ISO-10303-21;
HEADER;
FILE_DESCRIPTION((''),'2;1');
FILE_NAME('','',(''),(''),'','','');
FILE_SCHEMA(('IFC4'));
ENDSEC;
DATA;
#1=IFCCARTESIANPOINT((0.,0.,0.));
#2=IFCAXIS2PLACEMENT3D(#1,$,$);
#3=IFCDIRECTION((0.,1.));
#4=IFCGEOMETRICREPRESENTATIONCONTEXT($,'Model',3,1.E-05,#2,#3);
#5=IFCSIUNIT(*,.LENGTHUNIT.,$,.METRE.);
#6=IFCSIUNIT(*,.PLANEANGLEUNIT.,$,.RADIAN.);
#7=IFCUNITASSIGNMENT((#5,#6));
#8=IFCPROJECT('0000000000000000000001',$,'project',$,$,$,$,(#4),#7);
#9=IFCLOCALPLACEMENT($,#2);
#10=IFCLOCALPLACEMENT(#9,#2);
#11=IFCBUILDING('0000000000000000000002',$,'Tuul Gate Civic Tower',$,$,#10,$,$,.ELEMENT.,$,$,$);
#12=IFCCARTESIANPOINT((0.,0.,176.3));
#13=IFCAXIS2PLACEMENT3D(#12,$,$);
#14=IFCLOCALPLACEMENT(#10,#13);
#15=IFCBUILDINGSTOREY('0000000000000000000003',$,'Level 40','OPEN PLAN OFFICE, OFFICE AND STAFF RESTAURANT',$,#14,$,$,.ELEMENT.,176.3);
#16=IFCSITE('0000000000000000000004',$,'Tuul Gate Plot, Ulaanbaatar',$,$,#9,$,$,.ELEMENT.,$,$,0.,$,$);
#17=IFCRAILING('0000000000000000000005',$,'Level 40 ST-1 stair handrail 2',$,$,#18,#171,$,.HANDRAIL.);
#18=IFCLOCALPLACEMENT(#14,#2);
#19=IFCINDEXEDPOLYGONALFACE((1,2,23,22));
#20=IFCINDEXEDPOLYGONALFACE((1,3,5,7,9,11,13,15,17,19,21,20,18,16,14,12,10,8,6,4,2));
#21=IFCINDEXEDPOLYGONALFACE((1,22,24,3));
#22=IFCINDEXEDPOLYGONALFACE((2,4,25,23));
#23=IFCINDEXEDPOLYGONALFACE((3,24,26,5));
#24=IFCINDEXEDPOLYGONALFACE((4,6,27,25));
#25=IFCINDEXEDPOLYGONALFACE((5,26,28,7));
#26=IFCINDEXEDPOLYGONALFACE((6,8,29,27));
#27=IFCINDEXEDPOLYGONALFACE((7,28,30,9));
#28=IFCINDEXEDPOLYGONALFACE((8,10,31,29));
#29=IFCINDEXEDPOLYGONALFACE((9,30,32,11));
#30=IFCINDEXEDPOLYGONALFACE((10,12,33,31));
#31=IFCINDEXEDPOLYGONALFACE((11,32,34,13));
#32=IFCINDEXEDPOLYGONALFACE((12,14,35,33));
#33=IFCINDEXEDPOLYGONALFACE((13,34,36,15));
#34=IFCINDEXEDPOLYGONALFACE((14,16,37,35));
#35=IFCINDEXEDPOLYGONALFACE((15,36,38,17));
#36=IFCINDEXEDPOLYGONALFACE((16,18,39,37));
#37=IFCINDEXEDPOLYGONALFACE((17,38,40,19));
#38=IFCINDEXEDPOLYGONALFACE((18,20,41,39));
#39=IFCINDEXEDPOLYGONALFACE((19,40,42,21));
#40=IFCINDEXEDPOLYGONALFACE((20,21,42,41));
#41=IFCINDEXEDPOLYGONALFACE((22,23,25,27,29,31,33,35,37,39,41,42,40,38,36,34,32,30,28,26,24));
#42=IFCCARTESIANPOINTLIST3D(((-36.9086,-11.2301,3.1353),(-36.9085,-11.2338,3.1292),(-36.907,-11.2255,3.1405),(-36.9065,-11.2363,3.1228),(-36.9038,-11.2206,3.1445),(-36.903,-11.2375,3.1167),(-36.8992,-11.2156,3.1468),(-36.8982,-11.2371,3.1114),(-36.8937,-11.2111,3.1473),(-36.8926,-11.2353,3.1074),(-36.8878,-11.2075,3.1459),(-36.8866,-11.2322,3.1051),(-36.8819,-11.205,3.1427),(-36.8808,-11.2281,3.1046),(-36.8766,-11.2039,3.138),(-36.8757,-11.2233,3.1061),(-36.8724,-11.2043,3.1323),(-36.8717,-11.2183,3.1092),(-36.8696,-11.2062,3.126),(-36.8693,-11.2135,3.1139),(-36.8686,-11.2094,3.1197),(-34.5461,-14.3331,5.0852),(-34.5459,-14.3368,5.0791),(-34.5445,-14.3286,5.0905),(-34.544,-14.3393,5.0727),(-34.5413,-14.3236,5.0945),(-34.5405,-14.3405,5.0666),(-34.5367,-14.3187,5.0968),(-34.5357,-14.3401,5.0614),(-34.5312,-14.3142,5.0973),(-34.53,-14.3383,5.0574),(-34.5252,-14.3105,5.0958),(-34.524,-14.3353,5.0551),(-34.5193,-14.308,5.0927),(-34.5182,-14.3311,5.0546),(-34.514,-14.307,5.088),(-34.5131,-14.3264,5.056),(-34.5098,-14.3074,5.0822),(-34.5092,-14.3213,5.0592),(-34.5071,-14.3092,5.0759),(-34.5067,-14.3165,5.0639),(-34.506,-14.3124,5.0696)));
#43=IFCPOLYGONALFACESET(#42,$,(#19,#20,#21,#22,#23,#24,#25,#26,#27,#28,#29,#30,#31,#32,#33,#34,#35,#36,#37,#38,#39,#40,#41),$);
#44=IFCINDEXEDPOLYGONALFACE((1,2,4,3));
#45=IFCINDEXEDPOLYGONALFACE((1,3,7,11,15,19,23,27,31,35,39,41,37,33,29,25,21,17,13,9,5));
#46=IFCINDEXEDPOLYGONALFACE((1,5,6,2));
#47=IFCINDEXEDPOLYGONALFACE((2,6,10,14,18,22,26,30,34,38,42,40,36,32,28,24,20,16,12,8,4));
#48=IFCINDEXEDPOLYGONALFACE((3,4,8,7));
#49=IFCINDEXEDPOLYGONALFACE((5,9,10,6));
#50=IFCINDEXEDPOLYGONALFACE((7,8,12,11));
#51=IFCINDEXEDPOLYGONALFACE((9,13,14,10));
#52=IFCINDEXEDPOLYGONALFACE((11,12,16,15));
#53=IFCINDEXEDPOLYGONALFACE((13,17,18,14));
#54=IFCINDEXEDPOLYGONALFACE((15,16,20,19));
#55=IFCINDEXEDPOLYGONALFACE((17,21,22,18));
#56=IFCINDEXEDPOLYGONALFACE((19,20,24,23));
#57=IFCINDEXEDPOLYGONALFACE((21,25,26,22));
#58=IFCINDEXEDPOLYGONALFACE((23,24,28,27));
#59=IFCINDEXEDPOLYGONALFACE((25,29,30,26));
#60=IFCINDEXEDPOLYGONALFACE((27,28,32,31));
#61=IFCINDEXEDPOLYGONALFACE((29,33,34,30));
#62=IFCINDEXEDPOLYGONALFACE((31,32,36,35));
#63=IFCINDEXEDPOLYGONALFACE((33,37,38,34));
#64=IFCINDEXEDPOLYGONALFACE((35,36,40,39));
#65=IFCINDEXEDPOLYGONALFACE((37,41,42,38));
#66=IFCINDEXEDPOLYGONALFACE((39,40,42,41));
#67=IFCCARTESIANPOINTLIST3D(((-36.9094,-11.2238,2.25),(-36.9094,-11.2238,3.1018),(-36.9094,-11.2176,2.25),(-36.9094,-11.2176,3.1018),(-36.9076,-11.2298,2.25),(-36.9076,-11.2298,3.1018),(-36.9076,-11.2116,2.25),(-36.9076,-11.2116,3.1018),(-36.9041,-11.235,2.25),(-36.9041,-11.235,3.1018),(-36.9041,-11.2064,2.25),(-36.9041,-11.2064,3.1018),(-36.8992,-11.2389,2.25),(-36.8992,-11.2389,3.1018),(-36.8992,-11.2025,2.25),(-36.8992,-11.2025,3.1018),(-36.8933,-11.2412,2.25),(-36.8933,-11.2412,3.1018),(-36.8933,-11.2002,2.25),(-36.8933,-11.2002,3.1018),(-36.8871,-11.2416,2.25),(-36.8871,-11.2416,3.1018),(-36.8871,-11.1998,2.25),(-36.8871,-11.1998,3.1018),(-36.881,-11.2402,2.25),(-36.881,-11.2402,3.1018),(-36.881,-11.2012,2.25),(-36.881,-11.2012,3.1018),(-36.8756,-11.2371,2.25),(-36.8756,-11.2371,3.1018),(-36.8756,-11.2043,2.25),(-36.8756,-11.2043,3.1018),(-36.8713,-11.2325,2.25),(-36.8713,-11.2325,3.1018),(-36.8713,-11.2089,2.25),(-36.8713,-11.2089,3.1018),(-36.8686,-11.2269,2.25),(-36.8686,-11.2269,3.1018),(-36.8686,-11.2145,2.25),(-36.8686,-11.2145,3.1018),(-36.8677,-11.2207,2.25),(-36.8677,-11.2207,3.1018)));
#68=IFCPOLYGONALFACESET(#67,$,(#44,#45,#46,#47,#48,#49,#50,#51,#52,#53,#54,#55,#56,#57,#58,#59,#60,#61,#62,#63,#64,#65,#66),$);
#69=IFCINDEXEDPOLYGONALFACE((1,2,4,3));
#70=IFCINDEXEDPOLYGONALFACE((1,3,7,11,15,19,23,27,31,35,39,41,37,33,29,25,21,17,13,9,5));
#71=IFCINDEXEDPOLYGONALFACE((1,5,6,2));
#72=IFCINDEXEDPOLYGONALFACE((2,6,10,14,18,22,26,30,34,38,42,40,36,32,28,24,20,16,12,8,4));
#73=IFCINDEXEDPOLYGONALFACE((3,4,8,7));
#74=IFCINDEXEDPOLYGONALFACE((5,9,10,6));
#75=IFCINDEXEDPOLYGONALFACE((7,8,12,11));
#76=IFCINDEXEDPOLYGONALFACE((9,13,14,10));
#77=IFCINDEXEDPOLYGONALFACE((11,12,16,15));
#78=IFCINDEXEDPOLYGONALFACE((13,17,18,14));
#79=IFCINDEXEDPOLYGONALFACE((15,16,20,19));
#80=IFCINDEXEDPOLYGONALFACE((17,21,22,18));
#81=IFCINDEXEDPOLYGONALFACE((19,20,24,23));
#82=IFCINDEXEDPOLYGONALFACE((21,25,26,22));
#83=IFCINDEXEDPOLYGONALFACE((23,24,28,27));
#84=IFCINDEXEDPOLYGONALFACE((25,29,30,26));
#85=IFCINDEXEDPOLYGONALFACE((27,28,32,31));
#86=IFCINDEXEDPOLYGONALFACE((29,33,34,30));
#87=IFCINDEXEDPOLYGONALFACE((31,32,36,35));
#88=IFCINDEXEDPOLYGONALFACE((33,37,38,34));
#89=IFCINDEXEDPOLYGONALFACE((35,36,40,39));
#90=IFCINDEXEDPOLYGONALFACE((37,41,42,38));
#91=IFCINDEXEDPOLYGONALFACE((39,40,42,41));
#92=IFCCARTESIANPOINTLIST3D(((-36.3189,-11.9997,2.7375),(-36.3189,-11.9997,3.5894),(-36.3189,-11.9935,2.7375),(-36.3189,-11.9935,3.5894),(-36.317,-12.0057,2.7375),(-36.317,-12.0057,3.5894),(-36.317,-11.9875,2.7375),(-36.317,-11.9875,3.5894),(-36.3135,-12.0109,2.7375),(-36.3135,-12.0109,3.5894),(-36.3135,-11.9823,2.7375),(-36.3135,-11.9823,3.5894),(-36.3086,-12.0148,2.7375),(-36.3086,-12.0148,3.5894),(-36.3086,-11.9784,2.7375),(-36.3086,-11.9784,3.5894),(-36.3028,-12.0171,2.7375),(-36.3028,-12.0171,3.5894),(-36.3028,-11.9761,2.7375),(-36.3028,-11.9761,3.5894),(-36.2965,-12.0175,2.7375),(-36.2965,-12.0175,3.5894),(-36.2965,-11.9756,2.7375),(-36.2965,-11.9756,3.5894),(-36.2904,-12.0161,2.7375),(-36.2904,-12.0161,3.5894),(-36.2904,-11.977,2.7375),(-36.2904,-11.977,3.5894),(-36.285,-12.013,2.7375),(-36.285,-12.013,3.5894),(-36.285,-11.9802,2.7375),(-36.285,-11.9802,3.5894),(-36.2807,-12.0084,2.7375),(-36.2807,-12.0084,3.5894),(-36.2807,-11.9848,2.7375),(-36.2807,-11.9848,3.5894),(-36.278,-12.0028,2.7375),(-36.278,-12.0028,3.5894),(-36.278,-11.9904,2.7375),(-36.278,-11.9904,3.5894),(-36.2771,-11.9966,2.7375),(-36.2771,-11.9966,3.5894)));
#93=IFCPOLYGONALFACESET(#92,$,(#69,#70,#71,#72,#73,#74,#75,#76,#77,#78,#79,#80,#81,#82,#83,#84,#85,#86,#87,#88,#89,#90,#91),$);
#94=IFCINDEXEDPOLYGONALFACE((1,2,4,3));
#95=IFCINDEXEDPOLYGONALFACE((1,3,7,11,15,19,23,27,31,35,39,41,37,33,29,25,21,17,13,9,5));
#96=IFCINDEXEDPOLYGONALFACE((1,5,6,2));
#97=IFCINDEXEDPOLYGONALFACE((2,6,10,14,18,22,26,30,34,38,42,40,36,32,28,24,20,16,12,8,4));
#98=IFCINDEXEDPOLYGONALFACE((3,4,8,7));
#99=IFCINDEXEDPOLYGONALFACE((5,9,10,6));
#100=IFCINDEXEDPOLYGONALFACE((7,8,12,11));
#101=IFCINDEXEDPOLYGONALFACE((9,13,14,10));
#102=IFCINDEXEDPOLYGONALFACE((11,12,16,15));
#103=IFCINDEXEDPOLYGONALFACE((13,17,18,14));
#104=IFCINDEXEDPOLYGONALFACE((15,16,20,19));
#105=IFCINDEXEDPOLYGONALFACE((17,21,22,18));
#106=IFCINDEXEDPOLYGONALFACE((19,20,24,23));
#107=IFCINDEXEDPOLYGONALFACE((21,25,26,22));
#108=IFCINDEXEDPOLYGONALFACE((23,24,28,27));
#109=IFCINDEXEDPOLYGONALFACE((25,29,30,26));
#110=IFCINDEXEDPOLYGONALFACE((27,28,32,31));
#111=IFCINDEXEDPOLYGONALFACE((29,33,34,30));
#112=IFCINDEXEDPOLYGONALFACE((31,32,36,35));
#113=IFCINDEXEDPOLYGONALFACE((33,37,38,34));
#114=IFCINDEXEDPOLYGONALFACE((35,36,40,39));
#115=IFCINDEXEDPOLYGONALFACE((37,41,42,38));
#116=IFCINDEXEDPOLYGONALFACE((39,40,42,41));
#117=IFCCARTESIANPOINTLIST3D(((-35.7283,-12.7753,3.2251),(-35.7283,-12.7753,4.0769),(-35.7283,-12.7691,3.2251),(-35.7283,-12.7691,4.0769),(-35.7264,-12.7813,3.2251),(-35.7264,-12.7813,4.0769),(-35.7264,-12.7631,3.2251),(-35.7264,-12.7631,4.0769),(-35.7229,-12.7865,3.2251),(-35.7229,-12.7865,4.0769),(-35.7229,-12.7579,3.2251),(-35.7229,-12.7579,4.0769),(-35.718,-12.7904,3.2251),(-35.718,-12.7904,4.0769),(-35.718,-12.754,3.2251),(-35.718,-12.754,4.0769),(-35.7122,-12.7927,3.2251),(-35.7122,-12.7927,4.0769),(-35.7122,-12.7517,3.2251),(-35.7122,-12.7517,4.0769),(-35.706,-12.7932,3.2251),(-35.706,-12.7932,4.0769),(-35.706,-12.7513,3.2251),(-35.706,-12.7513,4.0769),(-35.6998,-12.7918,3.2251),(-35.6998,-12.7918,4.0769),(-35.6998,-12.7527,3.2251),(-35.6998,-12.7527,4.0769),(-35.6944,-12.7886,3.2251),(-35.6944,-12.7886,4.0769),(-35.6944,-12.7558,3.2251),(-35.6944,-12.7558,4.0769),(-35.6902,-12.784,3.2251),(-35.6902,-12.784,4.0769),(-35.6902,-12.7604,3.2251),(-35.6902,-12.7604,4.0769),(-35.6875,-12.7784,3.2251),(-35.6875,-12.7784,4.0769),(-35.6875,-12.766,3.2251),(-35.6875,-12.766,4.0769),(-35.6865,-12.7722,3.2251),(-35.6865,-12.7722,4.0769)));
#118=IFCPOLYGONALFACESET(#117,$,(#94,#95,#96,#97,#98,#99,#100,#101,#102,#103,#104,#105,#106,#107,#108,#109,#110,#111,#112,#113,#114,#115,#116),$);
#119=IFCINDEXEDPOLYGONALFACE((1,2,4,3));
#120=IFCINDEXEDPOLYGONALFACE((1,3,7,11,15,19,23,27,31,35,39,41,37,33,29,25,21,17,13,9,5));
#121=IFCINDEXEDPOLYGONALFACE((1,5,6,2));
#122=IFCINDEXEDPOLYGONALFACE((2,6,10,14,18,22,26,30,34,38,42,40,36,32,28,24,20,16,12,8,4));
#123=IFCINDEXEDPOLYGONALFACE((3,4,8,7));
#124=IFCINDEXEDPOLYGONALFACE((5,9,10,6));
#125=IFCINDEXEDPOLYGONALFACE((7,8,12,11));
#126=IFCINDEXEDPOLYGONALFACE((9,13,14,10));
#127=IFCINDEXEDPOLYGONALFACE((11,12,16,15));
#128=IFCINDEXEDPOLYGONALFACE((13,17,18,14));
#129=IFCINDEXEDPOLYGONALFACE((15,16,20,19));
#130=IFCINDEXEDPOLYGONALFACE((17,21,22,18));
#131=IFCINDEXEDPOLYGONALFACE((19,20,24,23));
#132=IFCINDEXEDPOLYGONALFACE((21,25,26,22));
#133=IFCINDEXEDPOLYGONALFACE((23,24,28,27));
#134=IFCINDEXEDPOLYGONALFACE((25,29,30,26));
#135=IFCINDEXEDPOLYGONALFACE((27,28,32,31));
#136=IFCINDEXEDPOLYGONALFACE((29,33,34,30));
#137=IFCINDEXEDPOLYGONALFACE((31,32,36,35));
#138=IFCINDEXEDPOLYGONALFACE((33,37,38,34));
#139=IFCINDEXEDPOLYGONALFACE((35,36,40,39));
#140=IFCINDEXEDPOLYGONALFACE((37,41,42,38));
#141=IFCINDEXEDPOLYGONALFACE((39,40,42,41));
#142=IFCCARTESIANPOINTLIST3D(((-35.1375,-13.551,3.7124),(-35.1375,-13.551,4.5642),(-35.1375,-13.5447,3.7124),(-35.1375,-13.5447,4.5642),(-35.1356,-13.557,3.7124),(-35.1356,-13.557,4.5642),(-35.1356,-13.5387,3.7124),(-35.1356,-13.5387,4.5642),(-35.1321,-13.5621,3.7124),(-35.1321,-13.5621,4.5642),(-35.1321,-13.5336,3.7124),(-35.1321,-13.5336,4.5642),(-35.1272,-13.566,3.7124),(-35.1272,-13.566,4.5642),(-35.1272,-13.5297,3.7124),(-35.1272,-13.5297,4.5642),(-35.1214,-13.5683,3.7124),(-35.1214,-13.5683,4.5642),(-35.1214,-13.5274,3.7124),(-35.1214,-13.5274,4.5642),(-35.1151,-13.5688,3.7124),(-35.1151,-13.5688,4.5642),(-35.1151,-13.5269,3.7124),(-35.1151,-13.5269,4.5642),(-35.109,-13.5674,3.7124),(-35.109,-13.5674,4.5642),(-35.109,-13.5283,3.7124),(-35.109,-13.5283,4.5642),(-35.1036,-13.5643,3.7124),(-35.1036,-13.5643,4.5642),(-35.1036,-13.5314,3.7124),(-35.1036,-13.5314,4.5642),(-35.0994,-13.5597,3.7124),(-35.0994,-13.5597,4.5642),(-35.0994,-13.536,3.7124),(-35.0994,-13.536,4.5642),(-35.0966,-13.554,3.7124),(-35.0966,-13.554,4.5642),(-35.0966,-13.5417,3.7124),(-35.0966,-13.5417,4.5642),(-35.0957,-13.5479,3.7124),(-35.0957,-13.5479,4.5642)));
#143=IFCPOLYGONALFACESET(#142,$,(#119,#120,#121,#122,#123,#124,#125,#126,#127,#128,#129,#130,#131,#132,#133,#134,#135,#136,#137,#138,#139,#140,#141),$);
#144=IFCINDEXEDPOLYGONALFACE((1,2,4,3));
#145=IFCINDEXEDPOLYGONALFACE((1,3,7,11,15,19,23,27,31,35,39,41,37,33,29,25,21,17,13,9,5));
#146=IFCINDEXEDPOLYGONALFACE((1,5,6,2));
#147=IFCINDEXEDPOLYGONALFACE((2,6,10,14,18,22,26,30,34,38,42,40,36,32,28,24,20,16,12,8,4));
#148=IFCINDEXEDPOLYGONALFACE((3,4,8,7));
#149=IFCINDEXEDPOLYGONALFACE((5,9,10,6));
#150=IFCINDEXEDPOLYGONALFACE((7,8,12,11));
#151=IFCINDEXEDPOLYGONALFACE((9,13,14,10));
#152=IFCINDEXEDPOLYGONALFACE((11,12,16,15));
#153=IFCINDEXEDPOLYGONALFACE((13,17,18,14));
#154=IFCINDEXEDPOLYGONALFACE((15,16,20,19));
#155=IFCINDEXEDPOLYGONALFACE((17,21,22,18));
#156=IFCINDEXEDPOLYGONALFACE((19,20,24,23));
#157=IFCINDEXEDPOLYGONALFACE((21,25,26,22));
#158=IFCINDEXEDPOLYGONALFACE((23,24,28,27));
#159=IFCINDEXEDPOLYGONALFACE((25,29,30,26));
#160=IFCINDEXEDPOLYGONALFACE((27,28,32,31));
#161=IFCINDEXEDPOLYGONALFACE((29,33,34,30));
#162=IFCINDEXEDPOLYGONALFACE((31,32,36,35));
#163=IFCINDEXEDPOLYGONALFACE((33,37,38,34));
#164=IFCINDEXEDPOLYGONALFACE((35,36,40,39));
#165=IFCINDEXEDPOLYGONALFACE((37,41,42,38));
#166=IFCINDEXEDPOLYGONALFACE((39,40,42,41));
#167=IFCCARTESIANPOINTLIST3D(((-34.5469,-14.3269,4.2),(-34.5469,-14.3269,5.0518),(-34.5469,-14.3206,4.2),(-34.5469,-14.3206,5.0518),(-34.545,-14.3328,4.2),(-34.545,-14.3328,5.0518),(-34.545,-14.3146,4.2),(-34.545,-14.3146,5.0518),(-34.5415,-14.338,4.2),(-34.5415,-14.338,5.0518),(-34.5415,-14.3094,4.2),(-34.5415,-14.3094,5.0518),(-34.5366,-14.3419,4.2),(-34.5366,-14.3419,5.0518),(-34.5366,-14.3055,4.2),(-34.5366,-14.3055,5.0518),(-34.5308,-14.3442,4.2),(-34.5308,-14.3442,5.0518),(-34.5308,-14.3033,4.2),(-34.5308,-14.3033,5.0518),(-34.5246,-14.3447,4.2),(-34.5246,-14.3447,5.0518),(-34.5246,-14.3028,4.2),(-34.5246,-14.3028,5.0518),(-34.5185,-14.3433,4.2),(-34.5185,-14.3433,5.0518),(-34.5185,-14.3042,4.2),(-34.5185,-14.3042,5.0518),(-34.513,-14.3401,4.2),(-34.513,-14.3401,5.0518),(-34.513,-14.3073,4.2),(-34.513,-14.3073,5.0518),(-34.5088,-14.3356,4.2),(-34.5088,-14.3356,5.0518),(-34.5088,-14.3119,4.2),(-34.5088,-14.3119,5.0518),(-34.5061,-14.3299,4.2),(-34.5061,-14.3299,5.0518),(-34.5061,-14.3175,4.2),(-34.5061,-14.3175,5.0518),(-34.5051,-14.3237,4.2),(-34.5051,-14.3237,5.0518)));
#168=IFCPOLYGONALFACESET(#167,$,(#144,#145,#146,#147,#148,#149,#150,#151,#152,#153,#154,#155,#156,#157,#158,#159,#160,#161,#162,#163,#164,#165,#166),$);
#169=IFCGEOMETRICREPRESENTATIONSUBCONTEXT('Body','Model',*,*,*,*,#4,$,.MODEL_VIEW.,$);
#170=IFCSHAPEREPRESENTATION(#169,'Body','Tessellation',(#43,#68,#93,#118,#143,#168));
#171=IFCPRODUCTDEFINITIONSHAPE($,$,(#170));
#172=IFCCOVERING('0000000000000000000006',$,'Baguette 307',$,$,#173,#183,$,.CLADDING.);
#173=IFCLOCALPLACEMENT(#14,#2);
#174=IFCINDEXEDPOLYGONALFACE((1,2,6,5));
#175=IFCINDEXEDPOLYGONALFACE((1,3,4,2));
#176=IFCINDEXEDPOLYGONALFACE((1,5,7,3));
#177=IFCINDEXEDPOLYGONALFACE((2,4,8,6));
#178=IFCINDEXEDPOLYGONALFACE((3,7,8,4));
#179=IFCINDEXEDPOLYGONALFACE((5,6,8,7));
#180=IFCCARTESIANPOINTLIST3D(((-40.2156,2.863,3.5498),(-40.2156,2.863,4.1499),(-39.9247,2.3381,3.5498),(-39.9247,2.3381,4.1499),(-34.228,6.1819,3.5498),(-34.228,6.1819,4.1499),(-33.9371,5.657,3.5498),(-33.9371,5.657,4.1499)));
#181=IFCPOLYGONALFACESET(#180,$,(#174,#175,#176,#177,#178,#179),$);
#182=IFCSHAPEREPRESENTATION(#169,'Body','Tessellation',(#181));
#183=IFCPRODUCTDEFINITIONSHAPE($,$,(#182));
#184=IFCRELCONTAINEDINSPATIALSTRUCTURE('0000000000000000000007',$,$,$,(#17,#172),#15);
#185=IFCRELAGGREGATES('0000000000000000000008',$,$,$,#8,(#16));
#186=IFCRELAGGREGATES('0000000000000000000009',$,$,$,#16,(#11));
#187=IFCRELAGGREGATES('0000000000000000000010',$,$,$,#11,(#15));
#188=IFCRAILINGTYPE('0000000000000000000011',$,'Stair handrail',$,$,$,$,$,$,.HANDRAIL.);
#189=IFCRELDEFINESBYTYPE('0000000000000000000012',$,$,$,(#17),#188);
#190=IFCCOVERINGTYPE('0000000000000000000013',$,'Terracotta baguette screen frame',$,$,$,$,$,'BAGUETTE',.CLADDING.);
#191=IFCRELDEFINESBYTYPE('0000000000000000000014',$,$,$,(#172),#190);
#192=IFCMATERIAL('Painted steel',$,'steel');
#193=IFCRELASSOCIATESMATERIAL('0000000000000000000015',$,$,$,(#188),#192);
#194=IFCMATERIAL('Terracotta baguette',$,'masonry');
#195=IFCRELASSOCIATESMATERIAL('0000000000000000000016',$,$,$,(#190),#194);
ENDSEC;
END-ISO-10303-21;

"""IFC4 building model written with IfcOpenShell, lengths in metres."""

from ifc_helpers import new_model, si_unit, direction, frame, origin, origin_2d, place, context, subcontext, project, spatial, rectangle, circle, extrude, material, material_profile, profile_set, type_object, element, save


model = new_model("IFC4")

# Units and contexts
model_context = context("Model", 3, precision=1e-05, world=origin(), true_north=direction((0.0, 1.0)))
body_context = subcontext(model_context, "Body", "Model", "MODEL_VIEW")
ifc_project = project(units=[si_unit("LENGTHUNIT", "METRE"), si_unit("PLANEANGLEUNIT", "RADIAN")], contexts=[model_context])

# Site, building, storey
site_placement = place(None, origin())
site = spatial("IfcSite", under=ifc_project, at=site_placement, Name="Tuul Gate Plot, Ulaanbaatar", CompositionType="ELEMENT", RefElevation=0.0)
building_placement = place(site_placement, origin())
building = spatial("IfcBuilding", under=site, at=building_placement, Name="Tuul Gate Civic Tower", CompositionType="ELEMENT")
storey_placement = place(building_placement, frame((0.0, 0.0, 176.3)))
storey = spatial("IfcBuildingStorey", under=building, at=storey_placement, Name="Level 40", Description="OPEN PLAN OFFICE, OFFICE AND STAFF RESTAURANT", CompositionType="ELEMENT", Elevation=176.3)

# Railing
ifc_material_1 = material(Name="Painted steel", Category="steel")
railing_type_1 = type_object("IfcRailingType", Name="Stair handrail", PredefinedType="HANDRAIL", material=ifc_material_1)
railing_1_placement = place(storey_placement, frame((-36.8887, -11.2207, 2.25)))
element("IfcRailing", 1, at=railing_1_placement, inside=storey, type_object=railing_type_1, Name="Level 40 ST-1 stair handrail 2", PredefinedType="HANDRAIL", context=body_context, shape_type="SweptSolid", body=[
    extrude(circle(Radius=0.0239, at=origin_2d()), frame((0.0, 0.0, 0.876), z_axis=(0.541824, -0.711645, 0.4472), x_axis=(0.795637, 0.605773, 0.0)), (0.0, 0.0, 1.0), 4.3604),
    extrude(circle(Radius=0.021, at=origin_2d()), origin(), (0.0, 0.0, 1.0), 0.8518),
    extrude(circle(Radius=0.021, at=origin_2d()), frame((0.5906, -0.7759, 0.4875)), (0.0, 0.0, 1.0), 0.8518),
    extrude(circle(Radius=0.021, at=origin_2d()), frame((1.1812, -1.5515, 0.9751)), (0.0, 0.0, 1.0), 0.8518),
    extrude(circle(Radius=0.021, at=origin_2d()), frame((1.772, -2.3271, 1.4624)), (0.0, 0.0, 1.0), 0.8518),
    extrude(circle(Radius=0.021, at=origin_2d()), frame((2.3625, -3.103, 1.95)), (0.0, 0.0, 1.0), 0.8518),
])

# Covering
ifc_material_2 = material(Name="Terracotta baguette", Category="masonry")
ifc_material_profile_1 = material_profile(ifc_material_2, rectangle(XDim=0.6001, YDim=0.6001, at=origin_2d()), Name="Terracotta baguette screen frame")
ifc_profile_set_1 = profile_set([ifc_material_profile_1], Name="Terracotta baguette")
covering_type = type_object("IfcCoveringType", Name="Terracotta baguette screen frame", ElementType="BAGUETTE", PredefinedType="CLADDING", material=ifc_profile_set_1)
covering_placement = place(storey_placement, frame((-34.0825, 5.9194, 3.8499), z_axis=(-0.874626, -0.484798, 0.0), x_axis=(0.484798, -0.874626, 0.0)))
element("IfcCovering", 2, at=covering_placement, inside=storey, type_object=covering_type, Name="Baguette 307", PredefinedType="CLADDING", context=body_context, shape_type="SweptSolid", body=[
    extrude(rectangle(XDim=0.6001, YDim=0.6001, at=origin_2d()), origin(), (0.0, 0.0, 1.0), 6.8459),
])

save(model, "model.ifc")
